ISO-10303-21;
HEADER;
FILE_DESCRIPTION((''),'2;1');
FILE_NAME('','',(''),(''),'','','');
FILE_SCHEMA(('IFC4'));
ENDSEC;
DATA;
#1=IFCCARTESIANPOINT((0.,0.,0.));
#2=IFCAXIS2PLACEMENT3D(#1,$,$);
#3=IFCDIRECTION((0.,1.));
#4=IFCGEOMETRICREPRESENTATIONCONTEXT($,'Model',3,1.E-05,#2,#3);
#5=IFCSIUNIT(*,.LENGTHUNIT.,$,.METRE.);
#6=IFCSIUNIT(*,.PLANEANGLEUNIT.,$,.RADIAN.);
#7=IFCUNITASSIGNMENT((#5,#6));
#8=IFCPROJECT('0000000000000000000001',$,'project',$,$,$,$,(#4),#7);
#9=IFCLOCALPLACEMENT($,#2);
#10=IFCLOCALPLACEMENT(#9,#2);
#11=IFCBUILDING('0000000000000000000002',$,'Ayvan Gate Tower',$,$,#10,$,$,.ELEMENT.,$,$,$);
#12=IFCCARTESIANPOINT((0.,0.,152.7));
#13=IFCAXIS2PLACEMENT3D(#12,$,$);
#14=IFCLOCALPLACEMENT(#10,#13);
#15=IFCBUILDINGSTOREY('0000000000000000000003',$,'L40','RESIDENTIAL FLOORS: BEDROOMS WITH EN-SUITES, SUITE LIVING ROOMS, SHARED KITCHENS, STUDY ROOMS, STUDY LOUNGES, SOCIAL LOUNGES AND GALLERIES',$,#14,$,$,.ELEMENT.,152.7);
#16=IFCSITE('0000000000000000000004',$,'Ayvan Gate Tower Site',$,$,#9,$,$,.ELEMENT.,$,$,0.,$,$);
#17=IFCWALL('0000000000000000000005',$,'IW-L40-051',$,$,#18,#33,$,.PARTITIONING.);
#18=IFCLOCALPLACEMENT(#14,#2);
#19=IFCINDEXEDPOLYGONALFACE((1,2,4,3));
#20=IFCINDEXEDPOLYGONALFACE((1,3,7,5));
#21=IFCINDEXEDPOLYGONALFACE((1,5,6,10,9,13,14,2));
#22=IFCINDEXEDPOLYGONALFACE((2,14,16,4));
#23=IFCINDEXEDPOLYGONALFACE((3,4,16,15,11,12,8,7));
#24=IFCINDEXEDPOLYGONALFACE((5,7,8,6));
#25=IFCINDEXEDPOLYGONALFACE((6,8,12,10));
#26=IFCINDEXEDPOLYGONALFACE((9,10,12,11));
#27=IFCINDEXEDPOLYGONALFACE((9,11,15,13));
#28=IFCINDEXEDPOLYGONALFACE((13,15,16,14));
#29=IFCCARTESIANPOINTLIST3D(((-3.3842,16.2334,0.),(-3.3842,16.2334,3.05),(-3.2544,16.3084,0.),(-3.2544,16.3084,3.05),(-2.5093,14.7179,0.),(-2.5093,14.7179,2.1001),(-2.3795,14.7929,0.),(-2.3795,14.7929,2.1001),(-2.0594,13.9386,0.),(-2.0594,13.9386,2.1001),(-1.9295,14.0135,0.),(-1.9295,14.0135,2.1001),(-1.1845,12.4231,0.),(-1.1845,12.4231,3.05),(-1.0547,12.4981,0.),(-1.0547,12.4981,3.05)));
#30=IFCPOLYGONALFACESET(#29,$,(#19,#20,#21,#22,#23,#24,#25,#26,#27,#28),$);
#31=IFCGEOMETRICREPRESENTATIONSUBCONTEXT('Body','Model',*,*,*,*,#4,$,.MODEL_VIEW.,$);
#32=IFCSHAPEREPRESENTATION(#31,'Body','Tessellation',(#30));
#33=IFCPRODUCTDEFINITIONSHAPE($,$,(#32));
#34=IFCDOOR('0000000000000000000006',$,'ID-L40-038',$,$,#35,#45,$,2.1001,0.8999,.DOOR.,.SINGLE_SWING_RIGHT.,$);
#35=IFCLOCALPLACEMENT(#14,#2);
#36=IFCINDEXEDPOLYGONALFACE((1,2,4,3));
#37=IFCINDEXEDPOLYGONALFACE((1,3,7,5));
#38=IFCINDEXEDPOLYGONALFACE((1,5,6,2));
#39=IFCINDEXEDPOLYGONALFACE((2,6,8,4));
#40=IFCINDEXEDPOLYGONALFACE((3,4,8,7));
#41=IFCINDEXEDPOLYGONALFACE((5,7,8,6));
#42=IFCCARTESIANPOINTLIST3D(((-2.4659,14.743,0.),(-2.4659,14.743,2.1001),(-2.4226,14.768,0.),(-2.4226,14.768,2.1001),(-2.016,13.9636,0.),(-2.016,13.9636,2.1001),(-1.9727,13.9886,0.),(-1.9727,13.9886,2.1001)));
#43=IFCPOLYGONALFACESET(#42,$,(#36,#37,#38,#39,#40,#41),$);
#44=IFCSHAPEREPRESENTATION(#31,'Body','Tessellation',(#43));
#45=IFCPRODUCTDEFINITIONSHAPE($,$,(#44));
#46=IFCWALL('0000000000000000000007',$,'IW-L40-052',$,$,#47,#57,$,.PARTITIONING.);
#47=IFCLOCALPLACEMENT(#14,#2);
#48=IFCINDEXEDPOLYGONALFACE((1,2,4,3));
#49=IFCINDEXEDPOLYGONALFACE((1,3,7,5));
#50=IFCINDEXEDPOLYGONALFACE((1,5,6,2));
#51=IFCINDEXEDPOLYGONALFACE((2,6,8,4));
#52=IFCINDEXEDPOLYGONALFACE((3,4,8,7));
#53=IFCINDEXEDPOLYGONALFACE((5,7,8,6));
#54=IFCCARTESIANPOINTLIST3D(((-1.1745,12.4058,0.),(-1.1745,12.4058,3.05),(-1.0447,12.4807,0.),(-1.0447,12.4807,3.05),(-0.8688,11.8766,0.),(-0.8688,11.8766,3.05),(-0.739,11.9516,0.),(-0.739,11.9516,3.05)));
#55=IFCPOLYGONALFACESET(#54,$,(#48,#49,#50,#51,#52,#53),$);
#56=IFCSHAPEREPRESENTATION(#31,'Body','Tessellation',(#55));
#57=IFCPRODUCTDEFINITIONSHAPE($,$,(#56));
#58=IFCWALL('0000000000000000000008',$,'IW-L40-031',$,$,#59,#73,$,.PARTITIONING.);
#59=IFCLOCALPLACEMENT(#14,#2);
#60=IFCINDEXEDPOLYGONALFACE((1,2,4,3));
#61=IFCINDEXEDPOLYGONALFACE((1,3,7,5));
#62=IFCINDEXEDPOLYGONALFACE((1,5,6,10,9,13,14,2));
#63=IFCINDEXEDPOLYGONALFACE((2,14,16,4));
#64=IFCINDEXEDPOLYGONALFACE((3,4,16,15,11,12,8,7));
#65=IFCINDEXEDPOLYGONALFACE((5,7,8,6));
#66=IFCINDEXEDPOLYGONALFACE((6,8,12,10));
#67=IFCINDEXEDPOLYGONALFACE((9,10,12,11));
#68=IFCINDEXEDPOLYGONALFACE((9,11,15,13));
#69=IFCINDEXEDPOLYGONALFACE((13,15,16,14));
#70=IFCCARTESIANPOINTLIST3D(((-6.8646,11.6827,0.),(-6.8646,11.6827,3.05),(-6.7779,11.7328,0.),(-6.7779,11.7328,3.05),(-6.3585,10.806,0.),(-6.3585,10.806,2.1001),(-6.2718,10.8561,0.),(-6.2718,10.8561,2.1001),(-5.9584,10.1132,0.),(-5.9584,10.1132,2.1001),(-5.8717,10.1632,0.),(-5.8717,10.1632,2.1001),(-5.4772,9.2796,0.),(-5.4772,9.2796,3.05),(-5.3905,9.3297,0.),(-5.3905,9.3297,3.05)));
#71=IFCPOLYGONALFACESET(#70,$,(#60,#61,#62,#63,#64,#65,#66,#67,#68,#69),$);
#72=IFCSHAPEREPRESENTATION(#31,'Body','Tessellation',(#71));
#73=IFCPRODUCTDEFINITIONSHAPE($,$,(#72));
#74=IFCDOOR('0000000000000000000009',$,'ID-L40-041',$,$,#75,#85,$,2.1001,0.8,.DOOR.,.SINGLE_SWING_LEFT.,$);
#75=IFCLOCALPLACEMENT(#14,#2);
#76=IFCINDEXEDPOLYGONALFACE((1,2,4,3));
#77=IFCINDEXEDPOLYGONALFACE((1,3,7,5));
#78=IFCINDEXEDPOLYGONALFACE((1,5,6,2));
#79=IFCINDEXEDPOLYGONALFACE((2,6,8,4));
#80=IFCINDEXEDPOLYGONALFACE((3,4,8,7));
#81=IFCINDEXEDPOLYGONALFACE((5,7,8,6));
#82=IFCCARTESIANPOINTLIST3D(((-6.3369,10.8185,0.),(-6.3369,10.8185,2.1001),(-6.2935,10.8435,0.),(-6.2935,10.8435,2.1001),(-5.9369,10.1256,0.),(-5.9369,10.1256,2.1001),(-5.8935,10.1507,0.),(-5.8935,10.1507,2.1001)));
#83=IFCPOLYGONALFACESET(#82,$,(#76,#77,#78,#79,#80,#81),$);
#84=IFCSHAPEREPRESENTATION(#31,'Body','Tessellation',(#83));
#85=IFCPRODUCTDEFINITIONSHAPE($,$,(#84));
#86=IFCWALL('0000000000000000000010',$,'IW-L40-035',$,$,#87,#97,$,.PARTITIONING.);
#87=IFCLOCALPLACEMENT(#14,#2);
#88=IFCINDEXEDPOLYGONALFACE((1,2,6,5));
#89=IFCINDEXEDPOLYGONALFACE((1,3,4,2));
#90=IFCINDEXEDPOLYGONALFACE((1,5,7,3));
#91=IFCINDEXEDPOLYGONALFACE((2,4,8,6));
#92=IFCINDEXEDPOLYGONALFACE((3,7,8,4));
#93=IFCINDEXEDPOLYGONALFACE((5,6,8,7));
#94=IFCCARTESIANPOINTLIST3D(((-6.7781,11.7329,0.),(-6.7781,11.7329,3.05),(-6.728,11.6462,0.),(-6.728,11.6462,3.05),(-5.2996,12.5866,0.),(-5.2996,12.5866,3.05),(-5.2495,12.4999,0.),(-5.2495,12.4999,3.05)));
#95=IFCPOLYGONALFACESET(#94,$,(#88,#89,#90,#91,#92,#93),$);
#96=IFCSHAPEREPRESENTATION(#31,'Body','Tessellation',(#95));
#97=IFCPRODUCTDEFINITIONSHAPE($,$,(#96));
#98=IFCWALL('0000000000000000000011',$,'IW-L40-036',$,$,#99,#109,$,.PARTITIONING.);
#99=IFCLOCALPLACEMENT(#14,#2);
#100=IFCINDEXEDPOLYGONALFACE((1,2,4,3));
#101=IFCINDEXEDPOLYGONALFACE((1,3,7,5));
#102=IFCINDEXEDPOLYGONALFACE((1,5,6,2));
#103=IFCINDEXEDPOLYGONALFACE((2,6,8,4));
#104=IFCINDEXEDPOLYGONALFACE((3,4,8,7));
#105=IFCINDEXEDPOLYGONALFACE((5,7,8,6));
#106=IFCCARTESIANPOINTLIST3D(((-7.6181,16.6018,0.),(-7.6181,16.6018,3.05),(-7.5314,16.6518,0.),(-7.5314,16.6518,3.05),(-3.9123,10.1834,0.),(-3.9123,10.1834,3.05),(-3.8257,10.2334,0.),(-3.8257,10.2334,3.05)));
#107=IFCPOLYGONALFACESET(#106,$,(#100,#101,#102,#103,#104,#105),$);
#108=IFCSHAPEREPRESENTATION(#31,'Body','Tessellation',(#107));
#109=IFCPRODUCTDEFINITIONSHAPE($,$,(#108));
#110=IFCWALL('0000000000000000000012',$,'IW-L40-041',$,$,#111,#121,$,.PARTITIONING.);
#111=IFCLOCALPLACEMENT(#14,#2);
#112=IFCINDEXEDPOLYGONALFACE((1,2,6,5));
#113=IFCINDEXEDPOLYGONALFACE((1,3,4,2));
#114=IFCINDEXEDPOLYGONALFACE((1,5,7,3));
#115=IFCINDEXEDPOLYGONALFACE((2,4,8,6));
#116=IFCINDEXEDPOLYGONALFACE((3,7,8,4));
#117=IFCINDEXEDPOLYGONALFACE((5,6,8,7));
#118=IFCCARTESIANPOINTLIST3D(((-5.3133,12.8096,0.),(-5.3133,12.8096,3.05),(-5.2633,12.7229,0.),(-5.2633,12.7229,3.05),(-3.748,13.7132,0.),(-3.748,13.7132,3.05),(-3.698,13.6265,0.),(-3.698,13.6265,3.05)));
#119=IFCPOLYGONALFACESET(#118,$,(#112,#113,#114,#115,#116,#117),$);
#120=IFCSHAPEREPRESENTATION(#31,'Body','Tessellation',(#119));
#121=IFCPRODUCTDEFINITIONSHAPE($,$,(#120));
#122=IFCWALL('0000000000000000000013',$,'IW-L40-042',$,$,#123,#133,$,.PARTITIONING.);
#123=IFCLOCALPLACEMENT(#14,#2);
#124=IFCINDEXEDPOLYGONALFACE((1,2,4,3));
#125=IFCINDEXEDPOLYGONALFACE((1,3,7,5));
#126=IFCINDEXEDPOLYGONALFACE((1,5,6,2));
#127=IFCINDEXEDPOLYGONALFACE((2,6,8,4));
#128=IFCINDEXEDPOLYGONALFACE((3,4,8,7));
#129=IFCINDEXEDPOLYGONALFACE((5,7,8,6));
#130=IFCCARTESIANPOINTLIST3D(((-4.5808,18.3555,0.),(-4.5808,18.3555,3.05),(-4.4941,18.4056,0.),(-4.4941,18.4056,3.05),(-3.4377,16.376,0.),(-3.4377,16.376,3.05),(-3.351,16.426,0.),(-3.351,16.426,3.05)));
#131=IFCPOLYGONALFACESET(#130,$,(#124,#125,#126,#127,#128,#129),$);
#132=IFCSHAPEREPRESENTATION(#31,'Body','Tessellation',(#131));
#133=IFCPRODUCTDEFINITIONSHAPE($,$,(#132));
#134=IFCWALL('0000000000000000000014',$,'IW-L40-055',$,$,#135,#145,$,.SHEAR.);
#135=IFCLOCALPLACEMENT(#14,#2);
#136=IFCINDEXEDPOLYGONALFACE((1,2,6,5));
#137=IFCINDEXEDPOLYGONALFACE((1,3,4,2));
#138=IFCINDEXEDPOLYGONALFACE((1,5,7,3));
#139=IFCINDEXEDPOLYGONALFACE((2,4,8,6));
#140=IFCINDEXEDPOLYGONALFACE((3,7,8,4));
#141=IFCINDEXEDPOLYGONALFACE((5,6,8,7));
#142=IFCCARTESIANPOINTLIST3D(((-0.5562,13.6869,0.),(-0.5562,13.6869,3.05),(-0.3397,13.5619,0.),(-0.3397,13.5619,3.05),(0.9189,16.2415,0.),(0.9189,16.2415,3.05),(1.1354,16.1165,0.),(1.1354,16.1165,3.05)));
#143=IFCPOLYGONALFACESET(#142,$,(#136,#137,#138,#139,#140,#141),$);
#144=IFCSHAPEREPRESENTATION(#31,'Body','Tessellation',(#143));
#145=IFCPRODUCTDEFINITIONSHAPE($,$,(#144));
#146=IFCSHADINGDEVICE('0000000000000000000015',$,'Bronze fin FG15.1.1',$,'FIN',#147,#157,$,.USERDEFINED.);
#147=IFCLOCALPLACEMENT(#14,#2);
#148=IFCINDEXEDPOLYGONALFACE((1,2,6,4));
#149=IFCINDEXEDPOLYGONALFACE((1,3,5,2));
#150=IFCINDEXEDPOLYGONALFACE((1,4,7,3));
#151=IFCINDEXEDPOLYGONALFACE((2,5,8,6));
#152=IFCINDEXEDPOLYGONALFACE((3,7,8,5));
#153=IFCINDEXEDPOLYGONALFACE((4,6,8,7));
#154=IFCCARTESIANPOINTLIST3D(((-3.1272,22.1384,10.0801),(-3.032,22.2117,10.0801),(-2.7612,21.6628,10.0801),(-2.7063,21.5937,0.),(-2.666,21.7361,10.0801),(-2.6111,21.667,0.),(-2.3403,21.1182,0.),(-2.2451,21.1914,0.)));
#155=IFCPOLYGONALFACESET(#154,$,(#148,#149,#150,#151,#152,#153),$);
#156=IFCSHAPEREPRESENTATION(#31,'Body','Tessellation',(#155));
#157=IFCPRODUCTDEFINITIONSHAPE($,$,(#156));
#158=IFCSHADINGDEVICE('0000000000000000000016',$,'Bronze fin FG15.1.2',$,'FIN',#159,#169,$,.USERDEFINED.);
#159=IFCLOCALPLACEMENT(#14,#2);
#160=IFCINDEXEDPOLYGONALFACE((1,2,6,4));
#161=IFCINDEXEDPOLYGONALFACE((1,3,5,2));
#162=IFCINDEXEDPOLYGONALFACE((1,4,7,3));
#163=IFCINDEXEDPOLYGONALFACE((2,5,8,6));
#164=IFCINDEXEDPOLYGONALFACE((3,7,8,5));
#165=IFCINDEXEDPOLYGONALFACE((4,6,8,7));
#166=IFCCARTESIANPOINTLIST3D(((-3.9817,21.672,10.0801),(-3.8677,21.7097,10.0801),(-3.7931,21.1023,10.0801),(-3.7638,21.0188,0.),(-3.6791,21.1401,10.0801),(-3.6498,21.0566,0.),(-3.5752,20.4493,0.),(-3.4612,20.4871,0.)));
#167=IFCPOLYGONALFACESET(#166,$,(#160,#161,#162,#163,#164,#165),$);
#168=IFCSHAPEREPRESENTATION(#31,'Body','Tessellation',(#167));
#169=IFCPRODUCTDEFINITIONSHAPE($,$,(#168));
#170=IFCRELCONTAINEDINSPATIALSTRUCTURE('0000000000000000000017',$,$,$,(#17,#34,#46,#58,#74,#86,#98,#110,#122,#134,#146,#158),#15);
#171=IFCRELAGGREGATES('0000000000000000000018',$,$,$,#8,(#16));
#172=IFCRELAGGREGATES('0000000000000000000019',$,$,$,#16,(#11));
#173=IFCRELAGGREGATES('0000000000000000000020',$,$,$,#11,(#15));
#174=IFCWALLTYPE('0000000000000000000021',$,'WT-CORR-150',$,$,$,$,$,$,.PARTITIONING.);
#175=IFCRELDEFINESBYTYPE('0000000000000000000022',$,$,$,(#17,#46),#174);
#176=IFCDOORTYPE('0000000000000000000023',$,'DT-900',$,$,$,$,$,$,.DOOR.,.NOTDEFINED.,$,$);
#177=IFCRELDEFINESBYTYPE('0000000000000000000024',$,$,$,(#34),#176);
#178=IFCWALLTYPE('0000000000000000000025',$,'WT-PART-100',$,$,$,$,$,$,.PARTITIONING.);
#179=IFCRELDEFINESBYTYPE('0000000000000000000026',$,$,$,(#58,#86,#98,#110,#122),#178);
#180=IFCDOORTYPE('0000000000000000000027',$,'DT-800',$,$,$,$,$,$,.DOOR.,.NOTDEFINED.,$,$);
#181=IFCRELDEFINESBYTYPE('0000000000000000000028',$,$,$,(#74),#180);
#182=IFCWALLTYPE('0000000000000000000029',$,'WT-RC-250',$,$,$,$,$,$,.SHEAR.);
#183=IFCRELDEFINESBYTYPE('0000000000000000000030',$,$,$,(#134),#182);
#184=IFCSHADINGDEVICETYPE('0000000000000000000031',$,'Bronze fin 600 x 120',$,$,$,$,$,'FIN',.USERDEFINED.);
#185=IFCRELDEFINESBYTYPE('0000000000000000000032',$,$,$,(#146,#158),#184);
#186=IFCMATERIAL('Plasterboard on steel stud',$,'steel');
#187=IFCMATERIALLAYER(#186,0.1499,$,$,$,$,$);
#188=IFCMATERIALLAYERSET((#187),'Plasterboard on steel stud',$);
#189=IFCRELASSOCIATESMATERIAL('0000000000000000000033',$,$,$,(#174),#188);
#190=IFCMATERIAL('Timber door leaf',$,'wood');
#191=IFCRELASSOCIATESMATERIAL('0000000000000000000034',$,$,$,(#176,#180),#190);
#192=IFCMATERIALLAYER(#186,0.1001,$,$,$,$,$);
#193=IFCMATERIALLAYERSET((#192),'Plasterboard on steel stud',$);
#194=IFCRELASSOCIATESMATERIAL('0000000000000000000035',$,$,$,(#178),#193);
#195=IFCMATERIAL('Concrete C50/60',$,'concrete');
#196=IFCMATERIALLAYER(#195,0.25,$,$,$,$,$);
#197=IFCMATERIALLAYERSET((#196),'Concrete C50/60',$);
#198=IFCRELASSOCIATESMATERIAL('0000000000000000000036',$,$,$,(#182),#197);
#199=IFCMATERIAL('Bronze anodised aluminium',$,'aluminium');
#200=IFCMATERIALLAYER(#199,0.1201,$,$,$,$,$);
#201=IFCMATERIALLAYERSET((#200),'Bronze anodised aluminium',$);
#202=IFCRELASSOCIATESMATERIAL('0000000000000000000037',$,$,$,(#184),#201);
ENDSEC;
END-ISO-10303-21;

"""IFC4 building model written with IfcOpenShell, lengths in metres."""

from ifc_helpers import new_model, si_unit, direction, frame, frame_2d, origin, place, context, subcontext, project, spatial, polyline, rectangle, outline, extrude, material, layer, layer_set, type_object, element, fill, save


model = new_model("IFC4")

# Units and contexts
model_context = context("Model", 3, precision=1e-05, world=origin(), true_north=direction((0.0, 1.0)))
body_context = subcontext(model_context, "Body", "Model", "MODEL_VIEW")
ifc_project = project(units=[si_unit("LENGTHUNIT", "METRE"), si_unit("PLANEANGLEUNIT", "RADIAN")], contexts=[model_context])

# Site, building, storey
site_placement = place(None, origin())
site = spatial("IfcSite", under=ifc_project, at=site_placement, Name="Ayvan Gate Tower Site", CompositionType="ELEMENT", RefElevation=0.0)
building_placement = place(site_placement, origin())
building = spatial("IfcBuilding", under=site, at=building_placement, Name="Ayvan Gate Tower", CompositionType="ELEMENT")
storey_placement = place(building_placement, frame((0.0, 0.0, 152.7)))
storey = spatial("IfcBuildingStorey", under=building, at=storey_placement, Name="L40", Description="RESIDENTIAL FLOORS: BEDROOMS WITH EN-SUITES, SUITE LIVING ROOMS, SHARED KITCHENS, STUDY ROOMS, STUDY LOUNGES, SOCIAL LOUNGES AND GALLERIES", CompositionType="ELEMENT", Elevation=152.7)

# Shared definitions
ifc_material_1 = material(Name="Bronze anodised aluminium", Category="aluminium")

# Wall, opening, door
ifc_material_2 = material(Name="Plasterboard on steel stud", Category="steel")
ifc_layer_1 = layer(ifc_material_2, 0.1499)
ifc_layer_set_1 = layer_set([ifc_layer_1], Name="Plasterboard on steel stud")
wall_type_1 = type_object("IfcWallType", Name="WT-CORR-150", PredefinedType="PARTITIONING", material=ifc_layer_set_1)
ifc_material_3 = material(Name="Timber door leaf", Category="wood")
wall_1_placement = place(storey_placement, frame((-1.1196, 12.4607, 0.0), z_axis=(0.0, 0.0, 1.0), x_axis=(-0.499971, 0.866042, 0.0)))
wall_1 = element("IfcWall", 1, at=wall_1_placement, inside=storey, type_object=wall_type_1, Name="IW-L40-051", PredefinedType="PARTITIONING", context=body_context, shape_type="SweptSolid", body=[
    extrude(rectangle(XDim=4.3997, YDim=0.1499, at=frame_2d((2.1997, 0.0))), origin(), (0.0, 0.0, 1.0), 3.05),
])
opening_1_placement = place(wall_1_placement, frame((1.7498, 0.0, 0.0)))
opening_1 = element("IfcOpeningElement", 2, at=opening_1_placement, cuts=wall_1, PredefinedType="OPENING", context=body_context, shape_type="SweptSolid", body=[
    extrude(rectangle(XDim=0.8999, YDim=2.1001, at=frame_2d((0.45, 1.05))), frame((0.0, 0.085, 0.0), z_axis=(0.0, -1.0, 0.0), x_axis=(1.0, 0.0, 0.0)), (0.0, 0.0, 1.0), 0.1699),
])
door_type_1 = type_object("IfcDoorType", Name="DT-900", OperationType="NOTDEFINED", PredefinedType="DOOR", material=ifc_material_3)
door_1_placement = place(opening_1_placement, origin())
door_1 = element("IfcDoor", 3, at=door_1_placement, inside=storey, type_object=door_type_1, Name="ID-L40-038", OperationType="SINGLE_SWING_RIGHT", OverallHeight=2.1001, OverallWidth=0.8999, PredefinedType="DOOR", context=body_context, shape_type="SweptSolid", body=[
    extrude(rectangle(XDim=0.8999, YDim=2.1001, at=frame_2d((0.45, 1.05))), frame((0.0, 0.0249, 0.0), z_axis=(0.0, -1.0, 0.0), x_axis=(1.0, 0.0, 0.0)), (0.0, 0.0, 1.0), 0.05),
])
fill(opening_1, door_1)

# Wall
wall_2_placement = place(storey_placement, frame((-1.1096, 12.4434, 0.0), z_axis=(0.0, 0.0, 1.0), x_axis=(0.500264, -0.865873, 0.0)))
element("IfcWall", 4, at=wall_2_placement, inside=storey, type_object=wall_type_1, Name="IW-L40-052", PredefinedType="PARTITIONING", context=body_context, shape_type="SweptSolid", body=[
    extrude(rectangle(XDim=0.6111, YDim=0.1499, at=frame_2d((0.3057, 0.0))), origin(), (0.0, 0.0, 1.0), 3.05),
])

# Wall, opening, door
ifc_layer_2 = layer(ifc_material_2, 0.1001)
ifc_layer_set_2 = layer_set([ifc_layer_2], Name="Plasterboard on steel stud")
wall_type_2 = type_object("IfcWallType", Name="WT-PART-100", PredefinedType="PARTITIONING", material=ifc_layer_set_2)
wall_3_placement = place(storey_placement, frame((-6.8213, 11.7078, 0.0), z_axis=(0.0, 0.0, 1.0), x_axis=(0.500009, -0.86602, 0.0)))
wall_3 = element("IfcWall", 5, at=wall_3_placement, inside=storey, type_object=wall_type_2, Name="IW-L40-031", PredefinedType="PARTITIONING", context=body_context, shape_type="SweptSolid", body=[
    extrude(rectangle(XDim=2.7749, YDim=0.1001, at=frame_2d((1.3875, 0.0))), origin(), (0.0, 0.0, 1.0), 3.05),
])
opening_2_placement = place(wall_3_placement, frame((1.0125, 0.0, 0.0)))
opening_2 = element("IfcOpeningElement", 6, at=opening_2_placement, cuts=wall_3, PredefinedType="OPENING", context=body_context, shape_type="SweptSolid", body=[
    extrude(rectangle(XDim=0.8, YDim=2.1001, at=frame_2d((0.3999, 1.05))), frame((0.0, 0.0601, 0.0), z_axis=(0.0, -1.0, 0.0), x_axis=(1.0, 0.0, 0.0)), (0.0, 0.0, 1.0), 0.1201),
])
door_type_2 = type_object("IfcDoorType", Name="DT-800", OperationType="NOTDEFINED", PredefinedType="DOOR", material=ifc_material_3)
door_2_placement = place(opening_2_placement, origin())
door_2 = element("IfcDoor", 7, at=door_2_placement, inside=storey, type_object=door_type_2, Name="ID-L40-041", OperationType="SINGLE_SWING_LEFT", OverallHeight=2.1001, OverallWidth=0.8, PredefinedType="DOOR", context=body_context, shape_type="SweptSolid", body=[
    extrude(rectangle(XDim=0.8, YDim=2.1001, at=frame_2d((0.3999, 1.05))), frame((0.0, 0.0249, 0.0), z_axis=(0.0, -1.0, 0.0), x_axis=(1.0, 0.0, 0.0)), (0.0, 0.0, 1.0), 0.05),
])
fill(opening_2, door_2)

# Walls
wall_4_placement = place(storey_placement, frame((-5.2747, 12.5432, 0.0), z_axis=(0.0, 0.0, 1.0), x_axis=(-0.86599, -0.500061, 0.0)))
element("IfcWall", 8, at=wall_4_placement, inside=storey, type_object=wall_type_2, Name="IW-L40-035", PredefinedType="PARTITIONING", context=body_context, shape_type="SweptSolid", body=[
    extrude(rectangle(XDim=1.7073, YDim=0.1001, at=frame_2d((0.8535, 0.0))), origin(), (0.0, 0.0, 1.0), 3.05),
])
wall_5_placement = place(storey_placement, frame((-7.5747, 16.6267, 0.0), z_axis=(0.0, 0.0, 1.0), x_axis=(0.500011, -0.866019, 0.0)))
element("IfcWall", 9, at=wall_5_placement, inside=storey, type_object=wall_type_2, Name="IW-L40-036", PredefinedType="PARTITIONING", context=body_context, shape_type="SweptSolid", body=[
    extrude(rectangle(XDim=7.4114, YDim=0.1001, at=frame_2d((3.7056, 0.0))), origin(), (0.0, 0.0, 1.0), 3.05),
])
wall_6_placement = place(storey_placement, frame((-3.7229, 13.6699, 0.0), z_axis=(0.0, 0.0, 1.0), x_axis=(-0.866048, -0.49996, 0.0)))
element("IfcWall", 10, at=wall_6_placement, inside=storey, type_object=wall_type_2, Name="IW-L40-041", PredefinedType="PARTITIONING", context=body_context, shape_type="SweptSolid", body=[
    extrude(rectangle(XDim=1.8074, YDim=0.1001, at=frame_2d((0.9038, 0.0))), origin(), (0.0, 0.0, 1.0), 3.05),
])
wall_7_placement = place(storey_placement, frame((-3.3943, 16.4009, 0.0), z_axis=(0.0, 0.0, 1.0), x_axis=(-0.500068, 0.865986, 0.0)))
element("IfcWall", 11, at=wall_7_placement, inside=storey, type_object=wall_type_2, Name="IW-L40-042", PredefinedType="PARTITIONING", context=body_context, shape_type="SweptSolid", body=[
    extrude(rectangle(XDim=2.2859, YDim=0.1001, at=frame_2d((1.1431, 0.0))), origin(), (0.0, 0.0, 1.0), 3.05),
])
ifc_material_4 = material(Name="Concrete C50/60", Category="concrete")
ifc_layer_3 = layer(ifc_material_4, 0.25)
ifc_layer_set_3 = layer_set([ifc_layer_3], Name="Concrete C50/60")
wall_type_3 = type_object("IfcWallType", Name="WT-RC-250", PredefinedType="SHEAR", material=ifc_layer_set_3)
wall_8_placement = place(storey_placement, frame((-0.448, 13.6243, 0.0), z_axis=(0.0, 0.0, 1.0), x_axis=(0.500038, 0.866004, 0.0)))
element("IfcWall", 12, at=wall_8_placement, inside=storey, type_object=wall_type_3, Name="IW-L40-055", PredefinedType="SHEAR", context=body_context, shape_type="SweptSolid", body=[
    extrude(rectangle(XDim=2.95, YDim=0.25, at=frame_2d((1.4751, 0.0))), origin(), (0.0, 0.0, 1.0), 3.05),
])

# Shading devices
ifc_layer_4 = layer(ifc_material_1, 0.1201)
ifc_layer_set_4 = layer_set([ifc_layer_4], Name="Bronze anodised aluminium")
shading_device_type = type_object("IfcShadingDeviceType", Name="Bronze fin 600 x 120", ElementType="FIN", PredefinedType="USERDEFINED", material=ifc_layer_set_4)
shading_device_1_placement = place(storey_placement, frame((-2.2451, 21.1914, 0.0), z_axis=(0.792518, 0.609848, 0.000139), x_axis=(-0.609848, 0.792518, 0.0)))
element("IfcShadingDevice", 13, at=shading_device_1_placement, inside=storey, type_object=shading_device_type, Name="Bronze fin FG15.1.1", ObjectType="FIN", PredefinedType="USERDEFINED", context=body_context, shape_type="SweptSolid", body=[
    extrude(outline(polyline([(0.0, 0.0), (0.6001, 0.0), (1.2884, 10.0801), (0.6884, 10.0801), (0.0, 0.0)])), origin(), (0.0, 0.0, -1.0), 0.1201),
])
shading_device_2_placement = place(storey_placement, frame((-3.4612, 20.4871, 0.0), z_axis=(0.949312, 0.314335, 0.000155), x_axis=(-0.314335, 0.949312, 0.0)))
element("IfcShadingDevice", 14, at=shading_device_2_placement, inside=storey, type_object=shading_device_type, Name="Bronze fin FG15.1.2", ObjectType="FIN", PredefinedType="USERDEFINED", context=body_context, shape_type="SweptSolid", body=[
    extrude(outline(polyline([(0.0, 0.0), (0.6, 0.0), (1.2885, 10.0801), (0.6884, 10.0801), (0.0, 0.0)])), origin(), (0.0, 0.0, -1.0), 0.1201),
])

save(model, "model.ifc")
